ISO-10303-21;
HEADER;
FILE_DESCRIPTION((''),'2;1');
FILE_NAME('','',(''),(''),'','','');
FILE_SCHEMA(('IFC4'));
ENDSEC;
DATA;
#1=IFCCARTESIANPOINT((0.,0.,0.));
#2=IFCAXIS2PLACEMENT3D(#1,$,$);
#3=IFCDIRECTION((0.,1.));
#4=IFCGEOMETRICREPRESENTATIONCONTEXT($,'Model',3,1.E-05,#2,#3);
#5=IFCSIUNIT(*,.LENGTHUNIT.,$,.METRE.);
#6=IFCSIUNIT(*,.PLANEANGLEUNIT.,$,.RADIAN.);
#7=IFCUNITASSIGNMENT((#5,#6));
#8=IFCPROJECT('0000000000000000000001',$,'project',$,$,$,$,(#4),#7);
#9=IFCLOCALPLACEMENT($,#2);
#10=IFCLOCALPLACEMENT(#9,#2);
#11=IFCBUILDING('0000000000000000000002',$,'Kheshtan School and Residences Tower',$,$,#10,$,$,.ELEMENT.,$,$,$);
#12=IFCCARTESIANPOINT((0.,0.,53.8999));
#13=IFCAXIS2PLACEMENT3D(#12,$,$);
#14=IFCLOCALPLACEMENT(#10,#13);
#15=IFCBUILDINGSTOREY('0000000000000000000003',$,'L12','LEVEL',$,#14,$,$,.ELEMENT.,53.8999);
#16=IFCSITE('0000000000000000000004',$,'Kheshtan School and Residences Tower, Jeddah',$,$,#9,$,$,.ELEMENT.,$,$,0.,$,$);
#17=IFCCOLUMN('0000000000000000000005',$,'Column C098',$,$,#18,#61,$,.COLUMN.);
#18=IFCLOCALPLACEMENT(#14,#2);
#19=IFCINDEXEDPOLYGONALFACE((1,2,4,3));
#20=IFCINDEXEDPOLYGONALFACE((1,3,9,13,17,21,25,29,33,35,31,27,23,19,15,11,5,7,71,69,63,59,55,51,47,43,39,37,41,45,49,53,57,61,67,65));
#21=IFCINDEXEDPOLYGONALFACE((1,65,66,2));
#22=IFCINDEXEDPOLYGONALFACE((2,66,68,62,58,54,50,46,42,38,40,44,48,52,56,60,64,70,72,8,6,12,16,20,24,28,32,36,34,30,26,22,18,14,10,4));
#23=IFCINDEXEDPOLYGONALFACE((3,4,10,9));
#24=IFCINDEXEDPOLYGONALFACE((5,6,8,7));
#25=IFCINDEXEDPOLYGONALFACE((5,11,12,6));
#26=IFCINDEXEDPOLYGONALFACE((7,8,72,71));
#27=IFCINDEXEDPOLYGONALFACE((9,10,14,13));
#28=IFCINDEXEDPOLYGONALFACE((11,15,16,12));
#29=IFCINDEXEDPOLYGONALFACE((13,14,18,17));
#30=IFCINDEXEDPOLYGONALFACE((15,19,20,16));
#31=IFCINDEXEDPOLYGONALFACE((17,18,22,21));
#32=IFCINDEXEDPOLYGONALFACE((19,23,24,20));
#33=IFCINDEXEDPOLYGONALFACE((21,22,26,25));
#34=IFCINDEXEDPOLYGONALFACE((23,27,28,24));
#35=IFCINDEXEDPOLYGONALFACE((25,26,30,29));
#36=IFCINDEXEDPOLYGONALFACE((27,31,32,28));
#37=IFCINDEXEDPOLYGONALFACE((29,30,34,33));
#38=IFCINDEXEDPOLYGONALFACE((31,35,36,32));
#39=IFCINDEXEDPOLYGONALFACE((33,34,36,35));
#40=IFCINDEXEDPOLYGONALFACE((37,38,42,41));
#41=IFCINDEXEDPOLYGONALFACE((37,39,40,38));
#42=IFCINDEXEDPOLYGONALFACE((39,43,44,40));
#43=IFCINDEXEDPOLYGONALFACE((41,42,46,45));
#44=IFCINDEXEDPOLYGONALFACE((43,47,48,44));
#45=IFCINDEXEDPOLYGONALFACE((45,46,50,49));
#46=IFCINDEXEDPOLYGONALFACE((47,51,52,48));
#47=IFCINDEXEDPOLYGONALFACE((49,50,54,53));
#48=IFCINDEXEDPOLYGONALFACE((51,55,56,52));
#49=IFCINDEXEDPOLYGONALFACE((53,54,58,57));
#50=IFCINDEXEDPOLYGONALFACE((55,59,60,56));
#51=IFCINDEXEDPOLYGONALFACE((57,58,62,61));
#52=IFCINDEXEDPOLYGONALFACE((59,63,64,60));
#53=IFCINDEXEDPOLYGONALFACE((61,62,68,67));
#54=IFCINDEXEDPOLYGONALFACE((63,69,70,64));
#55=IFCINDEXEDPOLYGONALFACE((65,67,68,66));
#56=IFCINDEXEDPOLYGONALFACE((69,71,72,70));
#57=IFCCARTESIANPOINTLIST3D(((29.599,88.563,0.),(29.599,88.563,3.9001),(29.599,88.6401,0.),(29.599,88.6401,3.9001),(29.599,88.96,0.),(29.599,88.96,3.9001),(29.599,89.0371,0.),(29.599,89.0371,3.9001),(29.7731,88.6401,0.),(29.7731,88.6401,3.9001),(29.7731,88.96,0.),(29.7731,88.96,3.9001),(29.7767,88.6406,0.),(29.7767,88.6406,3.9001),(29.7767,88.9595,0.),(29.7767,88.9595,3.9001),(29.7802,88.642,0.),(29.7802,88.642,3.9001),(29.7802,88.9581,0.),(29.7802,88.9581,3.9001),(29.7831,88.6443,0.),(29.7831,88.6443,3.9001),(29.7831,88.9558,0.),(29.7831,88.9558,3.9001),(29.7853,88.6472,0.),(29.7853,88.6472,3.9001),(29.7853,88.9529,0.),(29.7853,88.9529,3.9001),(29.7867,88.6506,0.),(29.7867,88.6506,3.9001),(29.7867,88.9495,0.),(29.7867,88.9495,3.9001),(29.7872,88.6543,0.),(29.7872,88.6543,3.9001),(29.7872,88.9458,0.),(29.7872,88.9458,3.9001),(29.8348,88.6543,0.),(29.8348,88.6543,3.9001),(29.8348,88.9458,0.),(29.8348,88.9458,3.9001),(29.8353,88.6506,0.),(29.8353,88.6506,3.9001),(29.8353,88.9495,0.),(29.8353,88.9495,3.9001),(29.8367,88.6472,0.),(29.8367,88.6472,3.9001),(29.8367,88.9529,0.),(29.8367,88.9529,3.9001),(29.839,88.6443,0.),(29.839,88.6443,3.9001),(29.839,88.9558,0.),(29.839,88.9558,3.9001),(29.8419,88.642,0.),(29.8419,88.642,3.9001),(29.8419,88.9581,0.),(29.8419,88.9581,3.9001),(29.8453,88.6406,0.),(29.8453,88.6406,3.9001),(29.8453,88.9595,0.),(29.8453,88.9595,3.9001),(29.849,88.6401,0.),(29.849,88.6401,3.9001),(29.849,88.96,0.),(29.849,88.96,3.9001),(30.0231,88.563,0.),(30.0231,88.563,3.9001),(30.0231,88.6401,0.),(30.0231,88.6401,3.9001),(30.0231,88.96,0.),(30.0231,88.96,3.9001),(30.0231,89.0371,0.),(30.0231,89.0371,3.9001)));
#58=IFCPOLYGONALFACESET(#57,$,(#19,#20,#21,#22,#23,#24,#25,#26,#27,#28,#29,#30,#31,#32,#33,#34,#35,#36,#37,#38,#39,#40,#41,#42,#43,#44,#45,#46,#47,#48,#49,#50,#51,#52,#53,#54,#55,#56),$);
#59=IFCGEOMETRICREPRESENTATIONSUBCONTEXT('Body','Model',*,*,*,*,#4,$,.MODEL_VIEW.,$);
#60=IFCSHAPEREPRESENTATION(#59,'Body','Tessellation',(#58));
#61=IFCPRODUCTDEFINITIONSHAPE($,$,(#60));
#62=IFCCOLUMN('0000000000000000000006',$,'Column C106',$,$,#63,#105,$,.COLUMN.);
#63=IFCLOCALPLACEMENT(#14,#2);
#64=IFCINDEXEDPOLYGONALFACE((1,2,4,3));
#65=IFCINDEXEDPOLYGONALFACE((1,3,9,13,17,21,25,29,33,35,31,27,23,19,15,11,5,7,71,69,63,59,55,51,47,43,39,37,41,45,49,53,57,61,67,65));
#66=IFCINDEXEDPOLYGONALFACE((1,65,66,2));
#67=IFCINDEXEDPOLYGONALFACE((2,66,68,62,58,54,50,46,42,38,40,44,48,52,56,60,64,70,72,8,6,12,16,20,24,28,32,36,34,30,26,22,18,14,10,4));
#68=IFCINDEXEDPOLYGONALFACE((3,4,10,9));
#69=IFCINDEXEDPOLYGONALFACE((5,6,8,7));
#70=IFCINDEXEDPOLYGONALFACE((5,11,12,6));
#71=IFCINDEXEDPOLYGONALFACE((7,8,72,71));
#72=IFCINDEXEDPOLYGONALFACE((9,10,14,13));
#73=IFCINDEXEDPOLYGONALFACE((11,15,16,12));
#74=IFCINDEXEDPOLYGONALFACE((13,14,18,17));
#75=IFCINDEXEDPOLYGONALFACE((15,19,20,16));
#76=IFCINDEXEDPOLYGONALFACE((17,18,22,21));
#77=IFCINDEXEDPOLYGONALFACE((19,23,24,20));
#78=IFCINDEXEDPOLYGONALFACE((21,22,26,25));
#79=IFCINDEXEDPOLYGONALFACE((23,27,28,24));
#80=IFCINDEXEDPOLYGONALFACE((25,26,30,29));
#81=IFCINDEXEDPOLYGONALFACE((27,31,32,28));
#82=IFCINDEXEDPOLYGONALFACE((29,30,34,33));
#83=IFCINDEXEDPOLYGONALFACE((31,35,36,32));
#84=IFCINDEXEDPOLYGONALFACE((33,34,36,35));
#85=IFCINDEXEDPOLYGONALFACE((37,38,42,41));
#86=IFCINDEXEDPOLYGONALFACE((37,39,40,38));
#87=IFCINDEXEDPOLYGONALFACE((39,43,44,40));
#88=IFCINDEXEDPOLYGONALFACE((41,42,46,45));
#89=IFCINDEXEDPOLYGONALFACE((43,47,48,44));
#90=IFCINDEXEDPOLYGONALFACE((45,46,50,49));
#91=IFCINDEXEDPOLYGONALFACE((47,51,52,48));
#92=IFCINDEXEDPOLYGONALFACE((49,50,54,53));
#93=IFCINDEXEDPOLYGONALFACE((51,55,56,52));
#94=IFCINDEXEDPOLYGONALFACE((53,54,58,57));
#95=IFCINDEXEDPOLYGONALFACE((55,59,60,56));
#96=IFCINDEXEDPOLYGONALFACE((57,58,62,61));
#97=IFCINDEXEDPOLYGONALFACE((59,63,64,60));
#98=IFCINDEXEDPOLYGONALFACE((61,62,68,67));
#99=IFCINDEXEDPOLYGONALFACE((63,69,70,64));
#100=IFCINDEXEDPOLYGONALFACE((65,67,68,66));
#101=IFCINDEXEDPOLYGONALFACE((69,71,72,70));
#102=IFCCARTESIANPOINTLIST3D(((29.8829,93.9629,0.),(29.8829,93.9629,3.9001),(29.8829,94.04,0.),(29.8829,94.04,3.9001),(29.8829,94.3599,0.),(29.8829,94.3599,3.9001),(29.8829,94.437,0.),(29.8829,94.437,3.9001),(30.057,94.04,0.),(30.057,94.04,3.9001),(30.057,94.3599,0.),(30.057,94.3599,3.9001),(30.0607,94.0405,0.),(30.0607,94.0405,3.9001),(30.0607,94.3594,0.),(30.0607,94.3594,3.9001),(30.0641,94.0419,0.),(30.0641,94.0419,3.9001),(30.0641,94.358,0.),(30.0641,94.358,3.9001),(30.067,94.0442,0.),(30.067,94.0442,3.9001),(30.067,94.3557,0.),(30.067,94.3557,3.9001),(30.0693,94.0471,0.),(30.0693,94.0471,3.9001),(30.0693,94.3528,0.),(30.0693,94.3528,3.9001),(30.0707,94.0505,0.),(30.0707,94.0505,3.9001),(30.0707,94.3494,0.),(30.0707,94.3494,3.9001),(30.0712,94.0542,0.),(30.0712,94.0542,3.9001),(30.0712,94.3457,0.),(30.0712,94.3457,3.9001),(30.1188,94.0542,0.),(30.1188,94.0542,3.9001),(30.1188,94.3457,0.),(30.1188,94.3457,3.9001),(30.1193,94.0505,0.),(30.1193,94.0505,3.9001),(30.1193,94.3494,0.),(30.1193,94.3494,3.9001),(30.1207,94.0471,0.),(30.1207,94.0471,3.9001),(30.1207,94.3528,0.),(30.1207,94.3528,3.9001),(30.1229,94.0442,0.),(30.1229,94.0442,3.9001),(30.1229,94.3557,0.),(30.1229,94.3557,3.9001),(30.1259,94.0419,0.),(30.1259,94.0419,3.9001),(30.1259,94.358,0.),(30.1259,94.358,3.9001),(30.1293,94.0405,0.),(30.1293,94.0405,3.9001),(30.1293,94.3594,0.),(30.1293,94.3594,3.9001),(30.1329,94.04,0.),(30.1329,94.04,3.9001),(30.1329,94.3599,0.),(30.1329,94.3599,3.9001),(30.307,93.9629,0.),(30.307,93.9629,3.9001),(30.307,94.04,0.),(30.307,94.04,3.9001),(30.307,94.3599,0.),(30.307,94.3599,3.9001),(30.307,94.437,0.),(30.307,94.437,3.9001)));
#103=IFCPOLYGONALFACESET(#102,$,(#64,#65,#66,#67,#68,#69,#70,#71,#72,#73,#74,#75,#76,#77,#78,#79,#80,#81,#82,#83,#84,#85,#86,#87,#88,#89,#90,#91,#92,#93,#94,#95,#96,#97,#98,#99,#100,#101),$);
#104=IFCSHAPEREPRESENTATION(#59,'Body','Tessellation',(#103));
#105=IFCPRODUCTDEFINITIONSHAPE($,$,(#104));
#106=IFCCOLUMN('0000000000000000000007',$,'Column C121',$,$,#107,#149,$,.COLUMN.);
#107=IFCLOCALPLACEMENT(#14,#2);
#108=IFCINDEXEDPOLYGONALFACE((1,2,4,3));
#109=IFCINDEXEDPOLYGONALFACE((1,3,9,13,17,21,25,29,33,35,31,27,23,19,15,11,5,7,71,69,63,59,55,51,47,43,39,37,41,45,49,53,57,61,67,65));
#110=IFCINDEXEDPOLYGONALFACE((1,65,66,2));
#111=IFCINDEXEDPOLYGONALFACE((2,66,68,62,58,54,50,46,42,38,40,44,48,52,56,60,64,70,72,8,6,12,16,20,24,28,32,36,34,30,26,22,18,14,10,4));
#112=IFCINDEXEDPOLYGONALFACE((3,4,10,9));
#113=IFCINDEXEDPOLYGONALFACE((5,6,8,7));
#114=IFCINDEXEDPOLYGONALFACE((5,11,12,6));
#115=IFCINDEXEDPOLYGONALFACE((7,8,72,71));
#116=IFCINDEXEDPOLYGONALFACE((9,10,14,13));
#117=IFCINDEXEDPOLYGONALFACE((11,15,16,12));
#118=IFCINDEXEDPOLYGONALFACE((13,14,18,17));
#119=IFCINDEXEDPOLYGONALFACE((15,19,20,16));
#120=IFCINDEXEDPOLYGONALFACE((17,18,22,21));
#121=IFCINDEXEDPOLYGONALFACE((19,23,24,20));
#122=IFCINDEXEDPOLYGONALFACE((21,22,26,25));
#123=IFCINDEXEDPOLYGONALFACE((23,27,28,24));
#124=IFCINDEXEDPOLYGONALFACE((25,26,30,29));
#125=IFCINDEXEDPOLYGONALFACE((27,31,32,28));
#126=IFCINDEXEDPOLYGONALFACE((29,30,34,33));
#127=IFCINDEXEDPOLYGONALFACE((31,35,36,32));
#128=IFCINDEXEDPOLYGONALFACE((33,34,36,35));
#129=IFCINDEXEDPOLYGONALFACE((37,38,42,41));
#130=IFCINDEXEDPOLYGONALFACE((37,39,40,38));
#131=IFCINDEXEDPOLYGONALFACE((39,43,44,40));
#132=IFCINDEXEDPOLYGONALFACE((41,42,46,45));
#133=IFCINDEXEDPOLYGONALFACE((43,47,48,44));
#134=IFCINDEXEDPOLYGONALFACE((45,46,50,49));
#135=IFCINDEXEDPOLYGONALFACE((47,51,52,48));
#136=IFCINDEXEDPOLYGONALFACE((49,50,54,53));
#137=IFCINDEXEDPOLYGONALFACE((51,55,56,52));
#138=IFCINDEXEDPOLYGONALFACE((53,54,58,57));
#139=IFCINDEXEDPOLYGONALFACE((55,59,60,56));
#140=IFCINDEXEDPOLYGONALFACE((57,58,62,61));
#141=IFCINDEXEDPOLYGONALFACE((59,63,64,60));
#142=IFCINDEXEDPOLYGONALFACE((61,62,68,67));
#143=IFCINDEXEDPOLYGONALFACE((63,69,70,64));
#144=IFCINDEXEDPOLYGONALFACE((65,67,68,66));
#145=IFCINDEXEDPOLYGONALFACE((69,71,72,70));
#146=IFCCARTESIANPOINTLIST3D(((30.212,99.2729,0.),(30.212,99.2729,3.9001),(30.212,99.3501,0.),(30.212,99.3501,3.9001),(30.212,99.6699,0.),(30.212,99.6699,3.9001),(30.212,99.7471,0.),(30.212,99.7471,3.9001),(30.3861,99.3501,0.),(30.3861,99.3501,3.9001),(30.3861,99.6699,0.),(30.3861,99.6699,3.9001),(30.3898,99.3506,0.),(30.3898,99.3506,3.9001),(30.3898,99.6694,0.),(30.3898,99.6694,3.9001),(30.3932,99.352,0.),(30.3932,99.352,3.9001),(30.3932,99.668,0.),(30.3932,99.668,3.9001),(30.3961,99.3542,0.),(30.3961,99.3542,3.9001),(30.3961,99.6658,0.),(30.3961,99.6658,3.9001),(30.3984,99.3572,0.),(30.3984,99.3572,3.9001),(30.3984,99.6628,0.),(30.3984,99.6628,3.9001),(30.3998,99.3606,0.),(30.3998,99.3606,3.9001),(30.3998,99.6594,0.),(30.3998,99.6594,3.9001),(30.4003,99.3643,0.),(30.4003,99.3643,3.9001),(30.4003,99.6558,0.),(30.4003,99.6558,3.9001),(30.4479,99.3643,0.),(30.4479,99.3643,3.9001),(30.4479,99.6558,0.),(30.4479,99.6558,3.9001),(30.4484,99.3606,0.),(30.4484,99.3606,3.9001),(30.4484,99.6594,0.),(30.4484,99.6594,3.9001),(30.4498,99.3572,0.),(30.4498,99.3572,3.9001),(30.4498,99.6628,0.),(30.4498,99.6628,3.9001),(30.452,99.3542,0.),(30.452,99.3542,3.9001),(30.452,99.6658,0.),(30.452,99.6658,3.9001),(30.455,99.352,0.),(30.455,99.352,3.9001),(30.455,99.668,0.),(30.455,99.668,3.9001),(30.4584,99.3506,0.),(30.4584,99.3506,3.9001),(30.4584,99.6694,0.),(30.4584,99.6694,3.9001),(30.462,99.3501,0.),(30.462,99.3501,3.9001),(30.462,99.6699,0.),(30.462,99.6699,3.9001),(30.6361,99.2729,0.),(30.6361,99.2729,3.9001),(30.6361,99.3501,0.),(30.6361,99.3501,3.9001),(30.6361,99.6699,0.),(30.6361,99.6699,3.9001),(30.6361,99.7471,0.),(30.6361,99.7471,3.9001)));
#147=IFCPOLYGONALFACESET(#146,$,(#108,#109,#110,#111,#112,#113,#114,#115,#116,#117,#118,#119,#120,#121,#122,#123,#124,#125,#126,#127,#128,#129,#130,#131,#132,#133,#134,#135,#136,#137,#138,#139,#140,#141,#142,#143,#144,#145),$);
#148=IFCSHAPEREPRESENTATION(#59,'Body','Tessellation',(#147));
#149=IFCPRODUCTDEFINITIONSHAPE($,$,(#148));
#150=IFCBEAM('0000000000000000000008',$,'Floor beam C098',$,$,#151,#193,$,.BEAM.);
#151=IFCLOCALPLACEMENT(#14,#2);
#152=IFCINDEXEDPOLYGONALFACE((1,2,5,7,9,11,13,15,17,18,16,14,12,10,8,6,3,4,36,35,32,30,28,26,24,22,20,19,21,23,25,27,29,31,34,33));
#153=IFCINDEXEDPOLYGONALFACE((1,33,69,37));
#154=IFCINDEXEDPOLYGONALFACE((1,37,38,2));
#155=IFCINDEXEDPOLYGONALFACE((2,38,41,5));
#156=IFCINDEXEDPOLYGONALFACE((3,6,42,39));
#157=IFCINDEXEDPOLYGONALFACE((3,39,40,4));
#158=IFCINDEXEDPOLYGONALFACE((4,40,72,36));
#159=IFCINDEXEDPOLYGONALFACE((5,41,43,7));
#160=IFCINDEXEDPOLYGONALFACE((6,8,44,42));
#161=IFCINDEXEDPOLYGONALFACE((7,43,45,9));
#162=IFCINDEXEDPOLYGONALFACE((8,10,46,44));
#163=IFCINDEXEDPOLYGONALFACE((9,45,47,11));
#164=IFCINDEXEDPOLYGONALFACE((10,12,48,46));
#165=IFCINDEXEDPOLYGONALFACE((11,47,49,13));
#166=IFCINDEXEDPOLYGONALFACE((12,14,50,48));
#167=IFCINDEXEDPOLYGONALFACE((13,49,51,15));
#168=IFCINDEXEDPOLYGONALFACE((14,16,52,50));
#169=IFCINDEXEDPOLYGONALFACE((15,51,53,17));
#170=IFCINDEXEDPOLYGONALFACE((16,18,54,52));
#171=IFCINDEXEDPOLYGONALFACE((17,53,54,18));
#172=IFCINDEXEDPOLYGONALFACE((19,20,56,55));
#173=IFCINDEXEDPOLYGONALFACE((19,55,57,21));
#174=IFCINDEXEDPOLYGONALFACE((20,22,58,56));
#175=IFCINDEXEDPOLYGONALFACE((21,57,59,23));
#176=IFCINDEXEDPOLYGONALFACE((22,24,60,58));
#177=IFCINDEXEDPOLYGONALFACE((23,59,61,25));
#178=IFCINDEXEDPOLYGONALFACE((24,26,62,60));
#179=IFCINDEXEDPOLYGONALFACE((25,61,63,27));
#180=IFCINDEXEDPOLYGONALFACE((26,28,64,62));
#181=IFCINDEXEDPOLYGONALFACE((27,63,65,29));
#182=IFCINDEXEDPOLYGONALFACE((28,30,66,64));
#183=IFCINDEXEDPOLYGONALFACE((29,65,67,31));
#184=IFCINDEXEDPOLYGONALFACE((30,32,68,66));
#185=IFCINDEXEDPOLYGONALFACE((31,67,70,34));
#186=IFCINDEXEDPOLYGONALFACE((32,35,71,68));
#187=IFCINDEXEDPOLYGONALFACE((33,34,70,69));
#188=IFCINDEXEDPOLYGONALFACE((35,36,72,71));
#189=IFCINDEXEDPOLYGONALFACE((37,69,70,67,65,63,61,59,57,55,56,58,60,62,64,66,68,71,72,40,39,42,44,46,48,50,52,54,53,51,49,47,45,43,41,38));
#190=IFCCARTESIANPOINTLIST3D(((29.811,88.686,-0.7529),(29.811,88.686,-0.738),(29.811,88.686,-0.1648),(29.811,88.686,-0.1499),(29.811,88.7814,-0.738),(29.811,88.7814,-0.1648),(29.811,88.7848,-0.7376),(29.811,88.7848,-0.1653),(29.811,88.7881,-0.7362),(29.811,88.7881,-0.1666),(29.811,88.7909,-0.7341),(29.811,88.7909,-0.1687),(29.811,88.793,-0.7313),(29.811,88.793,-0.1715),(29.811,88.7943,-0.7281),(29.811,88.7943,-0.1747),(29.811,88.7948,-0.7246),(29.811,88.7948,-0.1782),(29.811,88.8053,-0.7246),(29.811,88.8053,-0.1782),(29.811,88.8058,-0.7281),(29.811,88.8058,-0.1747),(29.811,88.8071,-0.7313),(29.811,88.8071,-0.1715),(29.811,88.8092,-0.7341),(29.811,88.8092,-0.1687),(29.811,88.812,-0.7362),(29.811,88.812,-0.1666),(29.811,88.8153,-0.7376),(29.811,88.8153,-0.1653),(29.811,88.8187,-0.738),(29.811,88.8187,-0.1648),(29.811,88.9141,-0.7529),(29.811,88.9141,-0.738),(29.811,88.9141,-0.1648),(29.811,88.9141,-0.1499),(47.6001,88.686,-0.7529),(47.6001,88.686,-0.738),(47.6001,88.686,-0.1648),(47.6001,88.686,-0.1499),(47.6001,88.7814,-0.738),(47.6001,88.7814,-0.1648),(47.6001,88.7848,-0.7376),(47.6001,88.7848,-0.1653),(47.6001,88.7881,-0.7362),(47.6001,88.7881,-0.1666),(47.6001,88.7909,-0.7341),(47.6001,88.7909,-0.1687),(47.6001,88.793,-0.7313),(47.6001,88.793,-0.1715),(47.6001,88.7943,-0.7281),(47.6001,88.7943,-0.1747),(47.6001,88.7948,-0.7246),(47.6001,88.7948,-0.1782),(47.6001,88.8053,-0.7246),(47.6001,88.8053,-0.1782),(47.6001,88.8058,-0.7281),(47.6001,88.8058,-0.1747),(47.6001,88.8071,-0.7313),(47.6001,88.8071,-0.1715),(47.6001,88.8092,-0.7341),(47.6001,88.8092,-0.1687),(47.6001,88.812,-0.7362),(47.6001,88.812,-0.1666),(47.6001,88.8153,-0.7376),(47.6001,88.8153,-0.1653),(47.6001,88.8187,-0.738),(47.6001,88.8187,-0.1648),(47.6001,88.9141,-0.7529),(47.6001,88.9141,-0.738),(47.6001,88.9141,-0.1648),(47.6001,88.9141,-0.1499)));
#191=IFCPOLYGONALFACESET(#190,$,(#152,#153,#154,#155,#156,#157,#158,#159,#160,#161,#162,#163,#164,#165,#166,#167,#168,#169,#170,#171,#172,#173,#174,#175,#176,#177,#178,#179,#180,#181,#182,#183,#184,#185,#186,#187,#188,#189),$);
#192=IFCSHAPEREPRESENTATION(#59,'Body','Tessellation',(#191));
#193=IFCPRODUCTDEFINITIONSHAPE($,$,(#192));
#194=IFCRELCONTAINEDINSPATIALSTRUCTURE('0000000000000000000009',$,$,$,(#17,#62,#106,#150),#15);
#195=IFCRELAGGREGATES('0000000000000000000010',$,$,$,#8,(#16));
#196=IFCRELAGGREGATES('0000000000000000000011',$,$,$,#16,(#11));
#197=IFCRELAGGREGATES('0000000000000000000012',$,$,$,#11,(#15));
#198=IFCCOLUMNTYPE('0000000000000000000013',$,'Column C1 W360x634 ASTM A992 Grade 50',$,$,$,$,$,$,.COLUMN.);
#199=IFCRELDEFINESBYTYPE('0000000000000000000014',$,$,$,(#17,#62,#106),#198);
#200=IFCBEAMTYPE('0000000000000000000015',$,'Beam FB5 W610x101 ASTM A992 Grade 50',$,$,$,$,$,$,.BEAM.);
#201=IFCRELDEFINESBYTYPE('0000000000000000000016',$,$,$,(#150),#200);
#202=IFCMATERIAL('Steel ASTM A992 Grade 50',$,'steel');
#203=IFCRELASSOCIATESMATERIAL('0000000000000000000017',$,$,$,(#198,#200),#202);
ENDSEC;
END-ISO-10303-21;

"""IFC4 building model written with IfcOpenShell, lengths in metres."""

from ifc_helpers import new_model, si_unit, direction, frame, origin, origin_2d, place, context, subcontext, project, spatial, i_section, extrude, material, material_profile, profile_set, type_object, element, save


model = new_model("IFC4")

# Units and contexts
model_context = context("Model", 3, precision=1e-05, world=origin(), true_north=direction((0.0, 1.0)))
body_context = subcontext(model_context, "Body", "Model", "MODEL_VIEW")
ifc_project = project(units=[si_unit("LENGTHUNIT", "METRE"), si_unit("PLANEANGLEUNIT", "RADIAN")], contexts=[model_context])

# Site, building, storey
site_placement = place(None, origin())
site = spatial("IfcSite", under=ifc_project, at=site_placement, Name="Kheshtan School and Residences Tower, Jeddah", CompositionType="ELEMENT", RefElevation=0.0)
building_placement = place(site_placement, origin())
building = spatial("IfcBuilding", under=site, at=building_placement, Name="Kheshtan School and Residences Tower", CompositionType="ELEMENT")
storey_placement = place(building_placement, frame((0.0, 0.0, 53.8999)))
storey = spatial("IfcBuildingStorey", under=building, at=storey_placement, Name="L12", Description="LEVEL", CompositionType="ELEMENT", Elevation=53.8999)

# Columns
ifc_material_1 = material(Name="Steel ASTM A992 Grade 50", Category="steel")
ifc_material_profile_1 = material_profile(ifc_material_1, i_section(OverallWidth=0.4241, OverallDepth=0.4741, WebThickness=0.0476, FlangeThickness=0.0771, FilletRadius=0.0142, at=origin_2d()), Name="W360x634")
ifc_profile_set_1 = profile_set([ifc_material_profile_1], Name="Steel ASTM A992 Grade 50")
column_type = type_object("IfcColumnType", Name="Column C1 W360x634 ASTM A992 Grade 50", PredefinedType="COLUMN", material=ifc_profile_set_1)
for number, where, z_axis, x_axis, name in (
    (1, (29.811, 88.8, 0.0), (0.0, 0.0, 1.0), (1.0, 0.0, 0.0), "Column C098"),
    (2, (30.095, 94.2, 0.0), (0.0, 0.0, 1.0), (1.0, 0.0, 0.0), "Column C106"),
    (3, (30.4241, 99.51, 0.0), (0.0, 0.0, 1.0), (1.0, 0.0, 0.0), "Column C121"),
):
    element("IfcColumn", number, at=place(storey_placement, frame(where, z_axis=z_axis, x_axis=x_axis)), inside=storey, type_object=column_type, Name=name, PredefinedType="COLUMN", context=body_context, shape_type="SweptSolid", body=[
        extrude(i_section(OverallWidth=0.4241, OverallDepth=0.4741, WebThickness=0.0476, FlangeThickness=0.0771, FilletRadius=0.0142, at=origin_2d()), origin(), (0.0, 0.0, 1.0), 3.9001),
    ])

# Beam
ifc_material_profile_2 = material_profile(ifc_material_1, i_section(OverallWidth=0.228, OverallDepth=0.603, WebThickness=0.0105, FlangeThickness=0.0149, FilletRadius=0.0134, at=origin_2d()), Name="W610x101")
ifc_profile_set_2 = profile_set([ifc_material_profile_2], Name="Steel ASTM A992 Grade 50")
beam_type_1 = type_object("IfcBeamType", Name="Beam FB5 W610x101 ASTM A992 Grade 50", PredefinedType="BEAM", material=ifc_profile_set_2)
beam_1_placement = place(storey_placement, frame((29.811, 88.8, -0.4514), z_axis=(1.0, 0.0, 0.0), x_axis=(0.0, 1.0, 0.0)))
element("IfcBeam", 4, at=beam_1_placement, inside=storey, type_object=beam_type_1, Name="Floor beam C098", PredefinedType="BEAM", context=body_context, shape_type="SweptSolid", body=[
    extrude(i_section(OverallWidth=0.228, OverallDepth=0.603, WebThickness=0.0105, FlangeThickness=0.0149, FilletRadius=0.0134, at=origin_2d()), origin(), (0.0, 0.0, 1.0), 17.7891),
])

save(model, "model.ifc")
